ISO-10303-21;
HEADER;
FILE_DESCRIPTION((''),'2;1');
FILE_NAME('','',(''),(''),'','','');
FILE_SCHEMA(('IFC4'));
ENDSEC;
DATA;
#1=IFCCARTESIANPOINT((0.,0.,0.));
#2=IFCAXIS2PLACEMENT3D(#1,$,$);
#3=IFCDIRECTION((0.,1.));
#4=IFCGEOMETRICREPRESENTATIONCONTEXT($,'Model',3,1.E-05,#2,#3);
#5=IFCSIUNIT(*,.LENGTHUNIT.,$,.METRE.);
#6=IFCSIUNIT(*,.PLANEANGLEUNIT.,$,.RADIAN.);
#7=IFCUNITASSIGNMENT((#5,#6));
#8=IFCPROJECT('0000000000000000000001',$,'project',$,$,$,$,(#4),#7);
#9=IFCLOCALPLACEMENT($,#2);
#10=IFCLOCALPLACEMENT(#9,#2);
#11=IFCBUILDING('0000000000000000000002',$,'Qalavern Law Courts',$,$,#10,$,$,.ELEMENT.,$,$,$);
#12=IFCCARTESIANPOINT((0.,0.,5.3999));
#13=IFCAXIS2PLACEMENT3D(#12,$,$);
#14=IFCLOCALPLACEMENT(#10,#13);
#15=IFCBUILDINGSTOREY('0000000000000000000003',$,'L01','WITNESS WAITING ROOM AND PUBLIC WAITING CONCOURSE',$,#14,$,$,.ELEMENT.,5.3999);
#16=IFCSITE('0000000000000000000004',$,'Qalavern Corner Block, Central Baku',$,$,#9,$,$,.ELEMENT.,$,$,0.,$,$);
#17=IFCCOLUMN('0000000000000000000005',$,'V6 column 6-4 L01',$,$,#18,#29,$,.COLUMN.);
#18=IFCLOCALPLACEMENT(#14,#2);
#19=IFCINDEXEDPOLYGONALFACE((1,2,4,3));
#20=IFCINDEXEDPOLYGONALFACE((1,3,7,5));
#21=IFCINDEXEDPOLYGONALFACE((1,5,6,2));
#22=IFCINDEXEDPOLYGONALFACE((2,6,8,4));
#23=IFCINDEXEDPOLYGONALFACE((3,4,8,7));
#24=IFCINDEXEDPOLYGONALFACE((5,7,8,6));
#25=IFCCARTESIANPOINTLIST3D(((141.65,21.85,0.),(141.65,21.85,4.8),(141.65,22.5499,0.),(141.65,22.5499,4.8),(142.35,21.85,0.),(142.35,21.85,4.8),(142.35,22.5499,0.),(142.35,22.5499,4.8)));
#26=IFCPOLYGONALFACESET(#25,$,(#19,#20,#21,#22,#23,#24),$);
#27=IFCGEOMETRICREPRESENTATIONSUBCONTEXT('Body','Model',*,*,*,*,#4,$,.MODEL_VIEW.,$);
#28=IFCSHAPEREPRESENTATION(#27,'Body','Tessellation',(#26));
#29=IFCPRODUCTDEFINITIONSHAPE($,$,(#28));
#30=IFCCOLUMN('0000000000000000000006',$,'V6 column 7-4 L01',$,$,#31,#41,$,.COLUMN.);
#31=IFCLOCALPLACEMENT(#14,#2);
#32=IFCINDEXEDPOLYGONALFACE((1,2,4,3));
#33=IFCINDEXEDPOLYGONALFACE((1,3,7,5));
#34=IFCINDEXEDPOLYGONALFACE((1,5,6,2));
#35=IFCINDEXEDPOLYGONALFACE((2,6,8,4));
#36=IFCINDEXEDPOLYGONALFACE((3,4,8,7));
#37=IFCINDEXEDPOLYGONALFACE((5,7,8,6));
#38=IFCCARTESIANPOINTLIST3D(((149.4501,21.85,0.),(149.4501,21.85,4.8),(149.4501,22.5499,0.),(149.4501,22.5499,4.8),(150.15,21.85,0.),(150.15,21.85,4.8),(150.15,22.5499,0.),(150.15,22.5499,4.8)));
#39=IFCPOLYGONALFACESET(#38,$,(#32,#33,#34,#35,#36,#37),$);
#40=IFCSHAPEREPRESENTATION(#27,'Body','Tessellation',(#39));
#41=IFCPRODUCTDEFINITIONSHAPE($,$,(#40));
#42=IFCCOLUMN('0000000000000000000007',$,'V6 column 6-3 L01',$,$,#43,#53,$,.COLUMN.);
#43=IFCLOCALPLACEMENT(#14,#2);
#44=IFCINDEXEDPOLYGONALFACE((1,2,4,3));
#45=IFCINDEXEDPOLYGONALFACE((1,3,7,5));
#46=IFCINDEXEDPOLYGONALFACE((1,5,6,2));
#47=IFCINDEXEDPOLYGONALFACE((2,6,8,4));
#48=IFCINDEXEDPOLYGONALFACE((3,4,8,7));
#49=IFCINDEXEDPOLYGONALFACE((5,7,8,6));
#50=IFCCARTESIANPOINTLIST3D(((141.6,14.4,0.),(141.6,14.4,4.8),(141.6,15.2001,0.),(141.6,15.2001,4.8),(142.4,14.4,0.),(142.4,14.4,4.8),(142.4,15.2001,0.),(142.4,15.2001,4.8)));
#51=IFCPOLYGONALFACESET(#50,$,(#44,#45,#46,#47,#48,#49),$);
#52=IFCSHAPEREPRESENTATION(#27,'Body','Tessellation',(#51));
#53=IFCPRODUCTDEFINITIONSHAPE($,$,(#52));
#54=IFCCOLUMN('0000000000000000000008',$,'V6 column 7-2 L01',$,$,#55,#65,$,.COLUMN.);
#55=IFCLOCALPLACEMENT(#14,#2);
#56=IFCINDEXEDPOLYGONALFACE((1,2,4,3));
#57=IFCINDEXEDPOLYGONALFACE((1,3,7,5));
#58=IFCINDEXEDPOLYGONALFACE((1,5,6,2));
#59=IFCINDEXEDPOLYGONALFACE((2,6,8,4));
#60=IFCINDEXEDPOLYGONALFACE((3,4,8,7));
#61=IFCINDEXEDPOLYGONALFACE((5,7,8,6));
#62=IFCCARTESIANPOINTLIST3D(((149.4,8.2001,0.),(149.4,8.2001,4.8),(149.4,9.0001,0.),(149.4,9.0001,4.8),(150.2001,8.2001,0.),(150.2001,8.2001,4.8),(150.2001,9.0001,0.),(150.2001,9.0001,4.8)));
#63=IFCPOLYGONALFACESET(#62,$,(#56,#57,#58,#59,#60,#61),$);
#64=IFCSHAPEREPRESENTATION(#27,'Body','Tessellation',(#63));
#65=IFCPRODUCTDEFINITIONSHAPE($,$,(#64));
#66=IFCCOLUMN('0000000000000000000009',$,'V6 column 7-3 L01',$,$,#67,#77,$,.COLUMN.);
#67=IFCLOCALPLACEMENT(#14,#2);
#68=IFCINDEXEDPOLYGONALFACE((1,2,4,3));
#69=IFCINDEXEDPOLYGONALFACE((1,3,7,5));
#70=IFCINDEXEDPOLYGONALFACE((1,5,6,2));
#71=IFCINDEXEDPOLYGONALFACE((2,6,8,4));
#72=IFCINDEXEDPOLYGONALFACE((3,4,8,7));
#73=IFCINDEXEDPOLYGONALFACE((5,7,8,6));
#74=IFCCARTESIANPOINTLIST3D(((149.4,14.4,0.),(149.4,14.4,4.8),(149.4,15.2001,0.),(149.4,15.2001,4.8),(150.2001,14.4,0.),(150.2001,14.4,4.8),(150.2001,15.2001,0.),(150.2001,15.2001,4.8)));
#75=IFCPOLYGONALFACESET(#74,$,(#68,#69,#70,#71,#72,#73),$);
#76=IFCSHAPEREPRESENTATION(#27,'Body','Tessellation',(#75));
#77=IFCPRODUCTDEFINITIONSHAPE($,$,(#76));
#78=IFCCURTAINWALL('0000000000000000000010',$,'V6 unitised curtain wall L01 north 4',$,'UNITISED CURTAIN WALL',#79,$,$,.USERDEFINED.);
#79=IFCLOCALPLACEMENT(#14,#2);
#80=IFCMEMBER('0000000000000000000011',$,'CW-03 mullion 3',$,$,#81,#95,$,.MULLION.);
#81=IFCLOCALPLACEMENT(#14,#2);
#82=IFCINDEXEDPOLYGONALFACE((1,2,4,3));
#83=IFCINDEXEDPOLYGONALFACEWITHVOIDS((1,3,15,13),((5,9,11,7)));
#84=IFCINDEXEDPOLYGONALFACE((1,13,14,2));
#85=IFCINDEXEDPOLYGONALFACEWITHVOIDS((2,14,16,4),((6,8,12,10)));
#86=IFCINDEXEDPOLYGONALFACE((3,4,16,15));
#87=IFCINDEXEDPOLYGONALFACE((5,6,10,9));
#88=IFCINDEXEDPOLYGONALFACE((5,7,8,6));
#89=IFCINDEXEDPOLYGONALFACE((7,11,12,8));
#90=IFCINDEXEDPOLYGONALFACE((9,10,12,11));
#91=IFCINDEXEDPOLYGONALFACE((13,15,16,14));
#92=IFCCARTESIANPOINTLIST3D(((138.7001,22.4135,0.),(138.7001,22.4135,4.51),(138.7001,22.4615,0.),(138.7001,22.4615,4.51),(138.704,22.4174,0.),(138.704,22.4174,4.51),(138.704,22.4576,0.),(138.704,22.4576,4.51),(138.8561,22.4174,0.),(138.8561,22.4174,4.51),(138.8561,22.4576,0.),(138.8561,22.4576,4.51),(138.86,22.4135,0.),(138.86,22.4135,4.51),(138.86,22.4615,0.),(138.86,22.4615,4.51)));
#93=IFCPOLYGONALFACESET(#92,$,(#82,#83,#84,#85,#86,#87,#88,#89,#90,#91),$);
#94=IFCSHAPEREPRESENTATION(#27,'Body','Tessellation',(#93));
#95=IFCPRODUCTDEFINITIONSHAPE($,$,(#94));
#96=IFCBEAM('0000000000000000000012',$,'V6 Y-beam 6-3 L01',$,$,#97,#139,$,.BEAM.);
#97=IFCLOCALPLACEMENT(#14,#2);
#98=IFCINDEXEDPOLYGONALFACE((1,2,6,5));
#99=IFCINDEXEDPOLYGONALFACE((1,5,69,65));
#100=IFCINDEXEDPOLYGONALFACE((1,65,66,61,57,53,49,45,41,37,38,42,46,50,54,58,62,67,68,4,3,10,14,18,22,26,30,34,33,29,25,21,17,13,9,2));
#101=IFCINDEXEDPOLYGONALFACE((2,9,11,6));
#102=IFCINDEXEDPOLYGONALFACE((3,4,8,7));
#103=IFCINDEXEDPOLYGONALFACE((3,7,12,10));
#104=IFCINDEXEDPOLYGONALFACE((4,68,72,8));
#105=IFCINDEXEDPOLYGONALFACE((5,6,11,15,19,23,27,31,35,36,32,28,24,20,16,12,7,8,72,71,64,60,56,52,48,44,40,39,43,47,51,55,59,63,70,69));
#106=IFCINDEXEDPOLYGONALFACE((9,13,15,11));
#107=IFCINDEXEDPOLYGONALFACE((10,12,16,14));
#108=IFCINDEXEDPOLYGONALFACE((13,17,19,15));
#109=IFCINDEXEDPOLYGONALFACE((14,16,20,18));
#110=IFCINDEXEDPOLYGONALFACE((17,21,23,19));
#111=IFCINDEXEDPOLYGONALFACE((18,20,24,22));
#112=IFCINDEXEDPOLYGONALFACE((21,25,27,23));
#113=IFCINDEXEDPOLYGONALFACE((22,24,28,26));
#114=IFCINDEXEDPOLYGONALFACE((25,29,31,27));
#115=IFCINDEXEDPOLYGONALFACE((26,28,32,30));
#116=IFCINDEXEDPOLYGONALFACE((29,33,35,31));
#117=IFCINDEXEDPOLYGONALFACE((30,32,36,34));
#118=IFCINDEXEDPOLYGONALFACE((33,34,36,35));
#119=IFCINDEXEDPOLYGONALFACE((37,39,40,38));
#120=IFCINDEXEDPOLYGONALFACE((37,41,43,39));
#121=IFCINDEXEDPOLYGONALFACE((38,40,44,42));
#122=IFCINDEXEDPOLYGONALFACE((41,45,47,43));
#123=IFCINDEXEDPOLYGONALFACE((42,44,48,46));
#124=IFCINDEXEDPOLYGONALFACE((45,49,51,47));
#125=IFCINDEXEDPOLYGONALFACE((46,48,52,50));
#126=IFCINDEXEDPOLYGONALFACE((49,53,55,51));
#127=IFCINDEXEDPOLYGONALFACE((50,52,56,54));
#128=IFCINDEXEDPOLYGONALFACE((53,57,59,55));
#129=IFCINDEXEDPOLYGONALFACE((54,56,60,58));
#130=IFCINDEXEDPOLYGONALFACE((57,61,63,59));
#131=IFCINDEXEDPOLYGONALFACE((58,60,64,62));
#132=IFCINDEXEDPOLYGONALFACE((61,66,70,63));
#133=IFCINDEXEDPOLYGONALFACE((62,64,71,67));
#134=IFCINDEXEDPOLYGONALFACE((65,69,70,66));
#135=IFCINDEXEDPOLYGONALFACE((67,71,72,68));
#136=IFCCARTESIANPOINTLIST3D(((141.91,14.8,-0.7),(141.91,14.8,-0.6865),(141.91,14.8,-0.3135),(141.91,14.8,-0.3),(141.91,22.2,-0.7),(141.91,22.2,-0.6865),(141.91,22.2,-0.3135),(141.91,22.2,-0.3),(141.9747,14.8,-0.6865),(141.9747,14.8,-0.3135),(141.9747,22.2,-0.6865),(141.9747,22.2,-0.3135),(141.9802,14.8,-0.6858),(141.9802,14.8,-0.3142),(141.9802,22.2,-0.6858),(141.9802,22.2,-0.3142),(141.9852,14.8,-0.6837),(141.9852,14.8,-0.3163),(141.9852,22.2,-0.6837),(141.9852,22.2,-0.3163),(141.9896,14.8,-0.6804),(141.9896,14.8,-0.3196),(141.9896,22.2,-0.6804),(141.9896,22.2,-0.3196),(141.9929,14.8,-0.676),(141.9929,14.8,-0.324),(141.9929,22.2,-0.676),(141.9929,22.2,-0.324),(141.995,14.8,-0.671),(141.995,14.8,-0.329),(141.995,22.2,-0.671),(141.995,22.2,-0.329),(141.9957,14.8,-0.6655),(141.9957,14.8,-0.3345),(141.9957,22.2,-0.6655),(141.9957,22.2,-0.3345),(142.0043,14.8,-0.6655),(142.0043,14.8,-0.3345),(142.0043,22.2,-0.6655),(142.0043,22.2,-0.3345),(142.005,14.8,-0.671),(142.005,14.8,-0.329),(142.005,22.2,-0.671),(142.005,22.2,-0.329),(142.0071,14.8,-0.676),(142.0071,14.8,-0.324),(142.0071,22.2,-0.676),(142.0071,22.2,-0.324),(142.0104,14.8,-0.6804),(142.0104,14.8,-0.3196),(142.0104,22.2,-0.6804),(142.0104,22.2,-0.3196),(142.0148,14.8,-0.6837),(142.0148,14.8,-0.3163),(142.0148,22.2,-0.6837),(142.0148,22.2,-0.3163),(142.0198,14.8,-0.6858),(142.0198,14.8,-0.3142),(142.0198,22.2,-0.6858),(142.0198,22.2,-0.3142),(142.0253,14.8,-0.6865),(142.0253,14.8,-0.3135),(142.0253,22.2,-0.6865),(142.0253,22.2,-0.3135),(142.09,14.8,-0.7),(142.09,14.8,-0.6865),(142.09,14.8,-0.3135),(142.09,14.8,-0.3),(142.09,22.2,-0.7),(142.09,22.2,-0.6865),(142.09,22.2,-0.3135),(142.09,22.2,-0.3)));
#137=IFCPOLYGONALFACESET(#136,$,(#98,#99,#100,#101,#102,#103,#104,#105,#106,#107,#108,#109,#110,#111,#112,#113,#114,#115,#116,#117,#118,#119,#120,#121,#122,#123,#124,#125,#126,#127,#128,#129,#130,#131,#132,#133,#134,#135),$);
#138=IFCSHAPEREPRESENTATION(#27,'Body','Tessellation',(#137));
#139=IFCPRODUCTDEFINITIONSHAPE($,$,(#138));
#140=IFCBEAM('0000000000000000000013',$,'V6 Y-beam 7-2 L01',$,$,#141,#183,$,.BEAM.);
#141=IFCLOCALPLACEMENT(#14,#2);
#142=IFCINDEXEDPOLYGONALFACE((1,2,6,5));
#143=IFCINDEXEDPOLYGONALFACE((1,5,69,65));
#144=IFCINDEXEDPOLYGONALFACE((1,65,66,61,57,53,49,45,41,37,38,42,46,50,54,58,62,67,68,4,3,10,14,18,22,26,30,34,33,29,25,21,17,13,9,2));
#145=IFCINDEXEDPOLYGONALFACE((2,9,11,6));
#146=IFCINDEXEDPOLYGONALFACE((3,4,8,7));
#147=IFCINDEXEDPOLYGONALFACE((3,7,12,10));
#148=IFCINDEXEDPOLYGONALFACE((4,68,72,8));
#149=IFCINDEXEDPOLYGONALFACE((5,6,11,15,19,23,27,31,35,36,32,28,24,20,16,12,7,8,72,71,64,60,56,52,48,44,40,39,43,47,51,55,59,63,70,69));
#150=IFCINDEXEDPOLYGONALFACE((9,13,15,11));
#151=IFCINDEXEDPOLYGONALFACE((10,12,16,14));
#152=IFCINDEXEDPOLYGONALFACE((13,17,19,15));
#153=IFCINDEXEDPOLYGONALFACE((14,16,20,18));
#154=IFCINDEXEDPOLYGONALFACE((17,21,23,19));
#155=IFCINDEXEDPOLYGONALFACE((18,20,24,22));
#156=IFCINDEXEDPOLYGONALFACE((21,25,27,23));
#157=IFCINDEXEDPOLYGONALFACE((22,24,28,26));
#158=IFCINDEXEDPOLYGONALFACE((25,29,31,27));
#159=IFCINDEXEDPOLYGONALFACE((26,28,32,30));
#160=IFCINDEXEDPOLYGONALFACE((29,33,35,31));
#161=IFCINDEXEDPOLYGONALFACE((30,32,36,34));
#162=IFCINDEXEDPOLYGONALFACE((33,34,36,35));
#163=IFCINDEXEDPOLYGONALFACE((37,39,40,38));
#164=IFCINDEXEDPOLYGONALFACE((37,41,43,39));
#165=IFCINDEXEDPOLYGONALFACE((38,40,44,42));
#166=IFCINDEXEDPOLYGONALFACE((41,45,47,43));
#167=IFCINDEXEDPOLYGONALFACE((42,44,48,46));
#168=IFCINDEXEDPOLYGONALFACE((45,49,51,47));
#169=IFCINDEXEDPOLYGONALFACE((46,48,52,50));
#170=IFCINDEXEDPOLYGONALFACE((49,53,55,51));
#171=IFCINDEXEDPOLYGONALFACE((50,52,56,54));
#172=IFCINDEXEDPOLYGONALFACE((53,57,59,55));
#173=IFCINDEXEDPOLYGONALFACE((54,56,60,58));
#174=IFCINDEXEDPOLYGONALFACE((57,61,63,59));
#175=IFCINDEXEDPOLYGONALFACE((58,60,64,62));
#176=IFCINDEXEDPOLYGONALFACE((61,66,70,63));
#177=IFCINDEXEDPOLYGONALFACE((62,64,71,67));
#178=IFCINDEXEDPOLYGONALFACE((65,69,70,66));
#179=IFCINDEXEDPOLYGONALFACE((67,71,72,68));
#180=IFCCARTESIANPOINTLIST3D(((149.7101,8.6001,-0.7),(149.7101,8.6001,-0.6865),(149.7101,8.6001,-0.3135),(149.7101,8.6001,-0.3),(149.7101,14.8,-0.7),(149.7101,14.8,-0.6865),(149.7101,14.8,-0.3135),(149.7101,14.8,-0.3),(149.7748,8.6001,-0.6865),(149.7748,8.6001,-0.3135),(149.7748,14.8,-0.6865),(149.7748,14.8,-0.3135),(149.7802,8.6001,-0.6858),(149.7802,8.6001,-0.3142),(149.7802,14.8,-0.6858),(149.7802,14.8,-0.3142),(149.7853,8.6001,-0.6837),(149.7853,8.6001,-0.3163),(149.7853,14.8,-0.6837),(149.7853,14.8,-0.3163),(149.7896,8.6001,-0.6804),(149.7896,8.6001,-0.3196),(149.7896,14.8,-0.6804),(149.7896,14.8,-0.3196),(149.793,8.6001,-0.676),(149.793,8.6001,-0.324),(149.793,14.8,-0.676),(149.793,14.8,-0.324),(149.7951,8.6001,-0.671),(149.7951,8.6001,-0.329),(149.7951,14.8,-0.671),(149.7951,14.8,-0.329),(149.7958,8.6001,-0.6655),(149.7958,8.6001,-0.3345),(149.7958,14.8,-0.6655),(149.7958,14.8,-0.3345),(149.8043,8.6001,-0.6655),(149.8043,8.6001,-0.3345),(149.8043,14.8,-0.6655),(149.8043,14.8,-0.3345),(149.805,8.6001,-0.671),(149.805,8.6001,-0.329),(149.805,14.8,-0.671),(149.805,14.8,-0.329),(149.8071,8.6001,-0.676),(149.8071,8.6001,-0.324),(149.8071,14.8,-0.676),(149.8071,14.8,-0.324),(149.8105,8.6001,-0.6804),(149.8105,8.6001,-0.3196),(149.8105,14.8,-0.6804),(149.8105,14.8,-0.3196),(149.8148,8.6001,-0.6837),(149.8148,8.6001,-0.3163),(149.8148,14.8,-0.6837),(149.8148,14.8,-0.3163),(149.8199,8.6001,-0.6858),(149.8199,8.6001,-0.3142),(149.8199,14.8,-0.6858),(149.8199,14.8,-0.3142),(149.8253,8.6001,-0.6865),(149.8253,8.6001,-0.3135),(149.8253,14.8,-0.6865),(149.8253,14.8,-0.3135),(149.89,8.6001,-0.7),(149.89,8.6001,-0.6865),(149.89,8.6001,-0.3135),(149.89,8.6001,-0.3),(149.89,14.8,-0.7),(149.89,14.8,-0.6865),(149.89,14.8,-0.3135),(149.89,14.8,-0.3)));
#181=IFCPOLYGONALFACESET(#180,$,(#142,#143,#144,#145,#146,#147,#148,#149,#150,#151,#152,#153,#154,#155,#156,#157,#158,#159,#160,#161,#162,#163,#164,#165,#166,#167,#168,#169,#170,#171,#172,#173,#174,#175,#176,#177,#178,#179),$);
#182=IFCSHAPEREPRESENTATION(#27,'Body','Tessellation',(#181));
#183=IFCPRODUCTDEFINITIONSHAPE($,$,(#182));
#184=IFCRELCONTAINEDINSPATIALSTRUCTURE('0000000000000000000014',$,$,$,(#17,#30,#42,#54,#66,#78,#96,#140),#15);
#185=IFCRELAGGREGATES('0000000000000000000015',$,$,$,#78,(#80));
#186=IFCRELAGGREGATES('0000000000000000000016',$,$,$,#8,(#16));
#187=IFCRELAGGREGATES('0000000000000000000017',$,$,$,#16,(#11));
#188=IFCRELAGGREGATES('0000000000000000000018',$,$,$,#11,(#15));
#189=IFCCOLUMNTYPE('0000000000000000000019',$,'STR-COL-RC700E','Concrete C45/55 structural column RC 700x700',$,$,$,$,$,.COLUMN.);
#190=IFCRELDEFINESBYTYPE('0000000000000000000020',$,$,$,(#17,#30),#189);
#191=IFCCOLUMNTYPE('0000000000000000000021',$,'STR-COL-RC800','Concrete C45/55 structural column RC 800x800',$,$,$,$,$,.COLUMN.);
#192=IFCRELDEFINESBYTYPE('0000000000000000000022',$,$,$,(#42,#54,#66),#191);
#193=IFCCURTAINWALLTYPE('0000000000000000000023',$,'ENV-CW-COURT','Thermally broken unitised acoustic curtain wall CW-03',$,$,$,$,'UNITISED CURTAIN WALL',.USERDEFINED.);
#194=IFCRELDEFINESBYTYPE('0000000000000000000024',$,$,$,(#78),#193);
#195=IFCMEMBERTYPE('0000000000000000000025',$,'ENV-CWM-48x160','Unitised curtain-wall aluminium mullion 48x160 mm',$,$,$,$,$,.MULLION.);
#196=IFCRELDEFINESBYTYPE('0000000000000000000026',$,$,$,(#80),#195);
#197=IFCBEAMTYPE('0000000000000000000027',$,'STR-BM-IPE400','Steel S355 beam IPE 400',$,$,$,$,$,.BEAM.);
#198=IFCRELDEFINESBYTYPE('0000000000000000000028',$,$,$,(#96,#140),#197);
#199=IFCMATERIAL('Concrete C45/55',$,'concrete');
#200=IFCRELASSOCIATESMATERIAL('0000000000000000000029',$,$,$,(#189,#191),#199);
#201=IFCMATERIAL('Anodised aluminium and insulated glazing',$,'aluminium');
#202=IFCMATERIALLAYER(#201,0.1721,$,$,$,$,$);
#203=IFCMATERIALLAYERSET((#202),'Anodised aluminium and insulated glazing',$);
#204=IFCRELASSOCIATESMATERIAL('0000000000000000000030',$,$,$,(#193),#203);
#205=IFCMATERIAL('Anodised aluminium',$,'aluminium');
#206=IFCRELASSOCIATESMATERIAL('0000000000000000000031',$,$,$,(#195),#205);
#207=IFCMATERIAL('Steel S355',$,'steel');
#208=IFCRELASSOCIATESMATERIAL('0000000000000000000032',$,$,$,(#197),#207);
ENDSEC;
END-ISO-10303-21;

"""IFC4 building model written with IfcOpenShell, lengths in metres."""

from ifc_helpers import new_model, si_unit, direction, frame, origin, origin_2d, place, context, subcontext, project, spatial, rectangle, hollow_rectangle, i_section, extrude, material, layer, layer_set, material_profile, profile_set, type_object, element, aggregate, save


model = new_model("IFC4")

# Units and contexts
model_context = context("Model", 3, precision=1e-05, world=origin(), true_north=direction((0.0, 1.0)))
body_context = subcontext(model_context, "Body", "Model", "MODEL_VIEW")
ifc_project = project(units=[si_unit("LENGTHUNIT", "METRE"), si_unit("PLANEANGLEUNIT", "RADIAN")], contexts=[model_context])

# Site, building, storey
site_placement = place(None, origin())
site = spatial("IfcSite", under=ifc_project, at=site_placement, Name="Qalavern Corner Block, Central Baku", CompositionType="ELEMENT", RefElevation=0.0)
building_placement = place(site_placement, origin())
building = spatial("IfcBuilding", under=site, at=building_placement, Name="Qalavern Law Courts", CompositionType="ELEMENT")
storey_placement = place(building_placement, frame((0.0, 0.0, 5.3999)))
storey = spatial("IfcBuildingStorey", under=building, at=storey_placement, Name="L01", Description="WITNESS WAITING ROOM AND PUBLIC WAITING CONCOURSE", CompositionType="ELEMENT", Elevation=5.3999)

# Columns
ifc_material_1 = material(Name="Concrete C45/55", Category="concrete")
ifc_material_profile_1 = material_profile(ifc_material_1, rectangle(XDim=0.7, YDim=0.7, at=origin_2d()), Name="RC 700x700")
ifc_profile_set_1 = profile_set([ifc_material_profile_1], Name="Concrete C45/55")
column_type_1 = type_object("IfcColumnType", Name="STR-COL-RC700E", Description="Concrete C45/55 structural column RC 700x700", PredefinedType="COLUMN", material=ifc_profile_set_1)
for number, where, z_axis, x_axis, name in (
    (1, (142.0, 22.2, 0.0), (0.0, 0.0, 1.0), (1.0, 0.0, 0.0), "V6 column 6-4 L01"),
    (2, (149.8, 22.2, 0.0), (0.0, 0.0, 1.0), (1.0, 0.0, 0.0), "V6 column 7-4 L01"),
):
    element("IfcColumn", number, at=place(storey_placement, frame(where, z_axis=z_axis, x_axis=x_axis)), inside=storey, type_object=column_type_1, Name=name, PredefinedType="COLUMN", context=body_context, shape_type="SweptSolid", body=[
        extrude(rectangle(XDim=0.7, YDim=0.7, at=origin_2d()), origin(), (0.0, 0.0, 1.0), 4.8),
    ])
ifc_material_profile_2 = material_profile(ifc_material_1, rectangle(XDim=0.8, YDim=0.8, at=origin_2d()), Name="RC 800x800")
ifc_profile_set_2 = profile_set([ifc_material_profile_2], Name="Concrete C45/55")
column_type_2 = type_object("IfcColumnType", Name="STR-COL-RC800", Description="Concrete C45/55 structural column RC 800x800", PredefinedType="COLUMN", material=ifc_profile_set_2)
for number, where, z_axis, x_axis, name in (
    (3, (142.0, 14.8, 0.0), (0.0, 0.0, 1.0), (1.0, 0.0, 0.0), "V6 column 6-3 L01"),
    (4, (149.8, 8.6001, 0.0), (0.0, 0.0, 1.0), (1.0, 0.0, 0.0), "V6 column 7-2 L01"),
    (5, (149.8, 14.8, 0.0), (0.0, 0.0, 1.0), (1.0, 0.0, 0.0), "V6 column 7-3 L01"),
):
    element("IfcColumn", number, at=place(storey_placement, frame(where, z_axis=z_axis, x_axis=x_axis)), inside=storey, type_object=column_type_2, Name=name, PredefinedType="COLUMN", context=body_context, shape_type="SweptSolid", body=[
        extrude(rectangle(XDim=0.8, YDim=0.8, at=origin_2d()), origin(), (0.0, 0.0, 1.0), 4.8),
    ])

# Curtain wall, member
ifc_material_2 = material(Name="Anodised aluminium and insulated glazing", Category="aluminium")
ifc_layer_1 = layer(ifc_material_2, 0.1721)
ifc_layer_set_1 = layer_set([ifc_layer_1], Name="Anodised aluminium and insulated glazing")
curtain_wall_type = type_object("IfcCurtainWallType", Name="ENV-CW-COURT", Description="Thermally broken unitised acoustic curtain wall CW-03", ElementType="UNITISED CURTAIN WALL", PredefinedType="USERDEFINED", material=ifc_layer_set_1)
curtain_wall_placement = place(storey_placement, origin())
curtain_wall = element("IfcCurtainWall", 6, at=curtain_wall_placement, inside=storey, type_object=curtain_wall_type, Name="V6 unitised curtain wall L01 north 4", ObjectType="UNITISED CURTAIN WALL", PredefinedType="USERDEFINED")
ifc_material_3 = material(Name="Anodised aluminium", Category="aluminium")
ifc_material_profile_3 = material_profile(ifc_material_3, hollow_rectangle(XDim=0.0481, YDim=0.1599, WallThickness=0.0039, at=origin_2d()), Name="ALU MULLION 48x160")
ifc_profile_set_3 = profile_set([ifc_material_profile_3], Name="Anodised aluminium")
member_type = type_object("IfcMemberType", Name="ENV-CWM-48x160", Description="Unitised curtain-wall aluminium mullion 48x160 mm", PredefinedType="MULLION", material=ifc_profile_set_3)
member_placement = place(storey_placement, frame((138.78, 22.4375, 0.0), z_axis=(0.0, 0.0, 1.0), x_axis=(0.0, -1.0, 0.0)))
member = element("IfcMember", 7, at=member_placement, type_object=member_type, Name="CW-03 mullion 3", PredefinedType="MULLION", context=body_context, shape_type="SweptSolid", body=[
    extrude(hollow_rectangle(XDim=0.0481, YDim=0.1599, WallThickness=0.0039, at=origin_2d()), origin(), (0.0, 0.0, 1.0), 4.51),
])

# Beams
ifc_material_4 = material(Name="Steel S355", Category="steel")
ifc_material_profile_4 = material_profile(ifc_material_4, i_section(OverallWidth=0.1799, OverallDepth=0.3999, WebThickness=0.0085, FlangeThickness=0.0134, FilletRadius=0.021, at=origin_2d()), Name="IPE 400")
ifc_profile_set_4 = profile_set([ifc_material_profile_4], Name="Steel S355")
beam_type_1 = type_object("IfcBeamType", Name="STR-BM-IPE400", Description="Steel S355 beam IPE 400", PredefinedType="BEAM", material=ifc_profile_set_4)
beam_1_placement = place(storey_placement, frame((142.0, 14.8, -0.5), z_axis=(0.0, 1.0, 0.0), x_axis=(-1.0, 0.0, 0.0)))
element("IfcBeam", 8, at=beam_1_placement, inside=storey, type_object=beam_type_1, Name="V6 Y-beam 6-3 L01", PredefinedType="BEAM", context=body_context, shape_type="SweptSolid", body=[
    extrude(i_section(OverallWidth=0.1799, OverallDepth=0.3999, WebThickness=0.0085, FlangeThickness=0.0134, FilletRadius=0.021, at=origin_2d()), origin(), (0.0, 0.0, 1.0), 7.3999),
])
beam_2_placement = place(storey_placement, frame((149.8, 8.6001, -0.5), z_axis=(0.0, 1.0, 0.0), x_axis=(-1.0, 0.0, 0.0)))
element("IfcBeam", 9, at=beam_2_placement, inside=storey, type_object=beam_type_1, Name="V6 Y-beam 7-2 L01", PredefinedType="BEAM", context=body_context, shape_type="SweptSolid", body=[
    extrude(i_section(OverallWidth=0.1799, OverallDepth=0.3999, WebThickness=0.0085, FlangeThickness=0.0134, FilletRadius=0.021, at=origin_2d()), origin(), (0.0, 0.0, 1.0), 6.2),
])

aggregate(curtain_wall, [member])

save(model, "model.ifc")
